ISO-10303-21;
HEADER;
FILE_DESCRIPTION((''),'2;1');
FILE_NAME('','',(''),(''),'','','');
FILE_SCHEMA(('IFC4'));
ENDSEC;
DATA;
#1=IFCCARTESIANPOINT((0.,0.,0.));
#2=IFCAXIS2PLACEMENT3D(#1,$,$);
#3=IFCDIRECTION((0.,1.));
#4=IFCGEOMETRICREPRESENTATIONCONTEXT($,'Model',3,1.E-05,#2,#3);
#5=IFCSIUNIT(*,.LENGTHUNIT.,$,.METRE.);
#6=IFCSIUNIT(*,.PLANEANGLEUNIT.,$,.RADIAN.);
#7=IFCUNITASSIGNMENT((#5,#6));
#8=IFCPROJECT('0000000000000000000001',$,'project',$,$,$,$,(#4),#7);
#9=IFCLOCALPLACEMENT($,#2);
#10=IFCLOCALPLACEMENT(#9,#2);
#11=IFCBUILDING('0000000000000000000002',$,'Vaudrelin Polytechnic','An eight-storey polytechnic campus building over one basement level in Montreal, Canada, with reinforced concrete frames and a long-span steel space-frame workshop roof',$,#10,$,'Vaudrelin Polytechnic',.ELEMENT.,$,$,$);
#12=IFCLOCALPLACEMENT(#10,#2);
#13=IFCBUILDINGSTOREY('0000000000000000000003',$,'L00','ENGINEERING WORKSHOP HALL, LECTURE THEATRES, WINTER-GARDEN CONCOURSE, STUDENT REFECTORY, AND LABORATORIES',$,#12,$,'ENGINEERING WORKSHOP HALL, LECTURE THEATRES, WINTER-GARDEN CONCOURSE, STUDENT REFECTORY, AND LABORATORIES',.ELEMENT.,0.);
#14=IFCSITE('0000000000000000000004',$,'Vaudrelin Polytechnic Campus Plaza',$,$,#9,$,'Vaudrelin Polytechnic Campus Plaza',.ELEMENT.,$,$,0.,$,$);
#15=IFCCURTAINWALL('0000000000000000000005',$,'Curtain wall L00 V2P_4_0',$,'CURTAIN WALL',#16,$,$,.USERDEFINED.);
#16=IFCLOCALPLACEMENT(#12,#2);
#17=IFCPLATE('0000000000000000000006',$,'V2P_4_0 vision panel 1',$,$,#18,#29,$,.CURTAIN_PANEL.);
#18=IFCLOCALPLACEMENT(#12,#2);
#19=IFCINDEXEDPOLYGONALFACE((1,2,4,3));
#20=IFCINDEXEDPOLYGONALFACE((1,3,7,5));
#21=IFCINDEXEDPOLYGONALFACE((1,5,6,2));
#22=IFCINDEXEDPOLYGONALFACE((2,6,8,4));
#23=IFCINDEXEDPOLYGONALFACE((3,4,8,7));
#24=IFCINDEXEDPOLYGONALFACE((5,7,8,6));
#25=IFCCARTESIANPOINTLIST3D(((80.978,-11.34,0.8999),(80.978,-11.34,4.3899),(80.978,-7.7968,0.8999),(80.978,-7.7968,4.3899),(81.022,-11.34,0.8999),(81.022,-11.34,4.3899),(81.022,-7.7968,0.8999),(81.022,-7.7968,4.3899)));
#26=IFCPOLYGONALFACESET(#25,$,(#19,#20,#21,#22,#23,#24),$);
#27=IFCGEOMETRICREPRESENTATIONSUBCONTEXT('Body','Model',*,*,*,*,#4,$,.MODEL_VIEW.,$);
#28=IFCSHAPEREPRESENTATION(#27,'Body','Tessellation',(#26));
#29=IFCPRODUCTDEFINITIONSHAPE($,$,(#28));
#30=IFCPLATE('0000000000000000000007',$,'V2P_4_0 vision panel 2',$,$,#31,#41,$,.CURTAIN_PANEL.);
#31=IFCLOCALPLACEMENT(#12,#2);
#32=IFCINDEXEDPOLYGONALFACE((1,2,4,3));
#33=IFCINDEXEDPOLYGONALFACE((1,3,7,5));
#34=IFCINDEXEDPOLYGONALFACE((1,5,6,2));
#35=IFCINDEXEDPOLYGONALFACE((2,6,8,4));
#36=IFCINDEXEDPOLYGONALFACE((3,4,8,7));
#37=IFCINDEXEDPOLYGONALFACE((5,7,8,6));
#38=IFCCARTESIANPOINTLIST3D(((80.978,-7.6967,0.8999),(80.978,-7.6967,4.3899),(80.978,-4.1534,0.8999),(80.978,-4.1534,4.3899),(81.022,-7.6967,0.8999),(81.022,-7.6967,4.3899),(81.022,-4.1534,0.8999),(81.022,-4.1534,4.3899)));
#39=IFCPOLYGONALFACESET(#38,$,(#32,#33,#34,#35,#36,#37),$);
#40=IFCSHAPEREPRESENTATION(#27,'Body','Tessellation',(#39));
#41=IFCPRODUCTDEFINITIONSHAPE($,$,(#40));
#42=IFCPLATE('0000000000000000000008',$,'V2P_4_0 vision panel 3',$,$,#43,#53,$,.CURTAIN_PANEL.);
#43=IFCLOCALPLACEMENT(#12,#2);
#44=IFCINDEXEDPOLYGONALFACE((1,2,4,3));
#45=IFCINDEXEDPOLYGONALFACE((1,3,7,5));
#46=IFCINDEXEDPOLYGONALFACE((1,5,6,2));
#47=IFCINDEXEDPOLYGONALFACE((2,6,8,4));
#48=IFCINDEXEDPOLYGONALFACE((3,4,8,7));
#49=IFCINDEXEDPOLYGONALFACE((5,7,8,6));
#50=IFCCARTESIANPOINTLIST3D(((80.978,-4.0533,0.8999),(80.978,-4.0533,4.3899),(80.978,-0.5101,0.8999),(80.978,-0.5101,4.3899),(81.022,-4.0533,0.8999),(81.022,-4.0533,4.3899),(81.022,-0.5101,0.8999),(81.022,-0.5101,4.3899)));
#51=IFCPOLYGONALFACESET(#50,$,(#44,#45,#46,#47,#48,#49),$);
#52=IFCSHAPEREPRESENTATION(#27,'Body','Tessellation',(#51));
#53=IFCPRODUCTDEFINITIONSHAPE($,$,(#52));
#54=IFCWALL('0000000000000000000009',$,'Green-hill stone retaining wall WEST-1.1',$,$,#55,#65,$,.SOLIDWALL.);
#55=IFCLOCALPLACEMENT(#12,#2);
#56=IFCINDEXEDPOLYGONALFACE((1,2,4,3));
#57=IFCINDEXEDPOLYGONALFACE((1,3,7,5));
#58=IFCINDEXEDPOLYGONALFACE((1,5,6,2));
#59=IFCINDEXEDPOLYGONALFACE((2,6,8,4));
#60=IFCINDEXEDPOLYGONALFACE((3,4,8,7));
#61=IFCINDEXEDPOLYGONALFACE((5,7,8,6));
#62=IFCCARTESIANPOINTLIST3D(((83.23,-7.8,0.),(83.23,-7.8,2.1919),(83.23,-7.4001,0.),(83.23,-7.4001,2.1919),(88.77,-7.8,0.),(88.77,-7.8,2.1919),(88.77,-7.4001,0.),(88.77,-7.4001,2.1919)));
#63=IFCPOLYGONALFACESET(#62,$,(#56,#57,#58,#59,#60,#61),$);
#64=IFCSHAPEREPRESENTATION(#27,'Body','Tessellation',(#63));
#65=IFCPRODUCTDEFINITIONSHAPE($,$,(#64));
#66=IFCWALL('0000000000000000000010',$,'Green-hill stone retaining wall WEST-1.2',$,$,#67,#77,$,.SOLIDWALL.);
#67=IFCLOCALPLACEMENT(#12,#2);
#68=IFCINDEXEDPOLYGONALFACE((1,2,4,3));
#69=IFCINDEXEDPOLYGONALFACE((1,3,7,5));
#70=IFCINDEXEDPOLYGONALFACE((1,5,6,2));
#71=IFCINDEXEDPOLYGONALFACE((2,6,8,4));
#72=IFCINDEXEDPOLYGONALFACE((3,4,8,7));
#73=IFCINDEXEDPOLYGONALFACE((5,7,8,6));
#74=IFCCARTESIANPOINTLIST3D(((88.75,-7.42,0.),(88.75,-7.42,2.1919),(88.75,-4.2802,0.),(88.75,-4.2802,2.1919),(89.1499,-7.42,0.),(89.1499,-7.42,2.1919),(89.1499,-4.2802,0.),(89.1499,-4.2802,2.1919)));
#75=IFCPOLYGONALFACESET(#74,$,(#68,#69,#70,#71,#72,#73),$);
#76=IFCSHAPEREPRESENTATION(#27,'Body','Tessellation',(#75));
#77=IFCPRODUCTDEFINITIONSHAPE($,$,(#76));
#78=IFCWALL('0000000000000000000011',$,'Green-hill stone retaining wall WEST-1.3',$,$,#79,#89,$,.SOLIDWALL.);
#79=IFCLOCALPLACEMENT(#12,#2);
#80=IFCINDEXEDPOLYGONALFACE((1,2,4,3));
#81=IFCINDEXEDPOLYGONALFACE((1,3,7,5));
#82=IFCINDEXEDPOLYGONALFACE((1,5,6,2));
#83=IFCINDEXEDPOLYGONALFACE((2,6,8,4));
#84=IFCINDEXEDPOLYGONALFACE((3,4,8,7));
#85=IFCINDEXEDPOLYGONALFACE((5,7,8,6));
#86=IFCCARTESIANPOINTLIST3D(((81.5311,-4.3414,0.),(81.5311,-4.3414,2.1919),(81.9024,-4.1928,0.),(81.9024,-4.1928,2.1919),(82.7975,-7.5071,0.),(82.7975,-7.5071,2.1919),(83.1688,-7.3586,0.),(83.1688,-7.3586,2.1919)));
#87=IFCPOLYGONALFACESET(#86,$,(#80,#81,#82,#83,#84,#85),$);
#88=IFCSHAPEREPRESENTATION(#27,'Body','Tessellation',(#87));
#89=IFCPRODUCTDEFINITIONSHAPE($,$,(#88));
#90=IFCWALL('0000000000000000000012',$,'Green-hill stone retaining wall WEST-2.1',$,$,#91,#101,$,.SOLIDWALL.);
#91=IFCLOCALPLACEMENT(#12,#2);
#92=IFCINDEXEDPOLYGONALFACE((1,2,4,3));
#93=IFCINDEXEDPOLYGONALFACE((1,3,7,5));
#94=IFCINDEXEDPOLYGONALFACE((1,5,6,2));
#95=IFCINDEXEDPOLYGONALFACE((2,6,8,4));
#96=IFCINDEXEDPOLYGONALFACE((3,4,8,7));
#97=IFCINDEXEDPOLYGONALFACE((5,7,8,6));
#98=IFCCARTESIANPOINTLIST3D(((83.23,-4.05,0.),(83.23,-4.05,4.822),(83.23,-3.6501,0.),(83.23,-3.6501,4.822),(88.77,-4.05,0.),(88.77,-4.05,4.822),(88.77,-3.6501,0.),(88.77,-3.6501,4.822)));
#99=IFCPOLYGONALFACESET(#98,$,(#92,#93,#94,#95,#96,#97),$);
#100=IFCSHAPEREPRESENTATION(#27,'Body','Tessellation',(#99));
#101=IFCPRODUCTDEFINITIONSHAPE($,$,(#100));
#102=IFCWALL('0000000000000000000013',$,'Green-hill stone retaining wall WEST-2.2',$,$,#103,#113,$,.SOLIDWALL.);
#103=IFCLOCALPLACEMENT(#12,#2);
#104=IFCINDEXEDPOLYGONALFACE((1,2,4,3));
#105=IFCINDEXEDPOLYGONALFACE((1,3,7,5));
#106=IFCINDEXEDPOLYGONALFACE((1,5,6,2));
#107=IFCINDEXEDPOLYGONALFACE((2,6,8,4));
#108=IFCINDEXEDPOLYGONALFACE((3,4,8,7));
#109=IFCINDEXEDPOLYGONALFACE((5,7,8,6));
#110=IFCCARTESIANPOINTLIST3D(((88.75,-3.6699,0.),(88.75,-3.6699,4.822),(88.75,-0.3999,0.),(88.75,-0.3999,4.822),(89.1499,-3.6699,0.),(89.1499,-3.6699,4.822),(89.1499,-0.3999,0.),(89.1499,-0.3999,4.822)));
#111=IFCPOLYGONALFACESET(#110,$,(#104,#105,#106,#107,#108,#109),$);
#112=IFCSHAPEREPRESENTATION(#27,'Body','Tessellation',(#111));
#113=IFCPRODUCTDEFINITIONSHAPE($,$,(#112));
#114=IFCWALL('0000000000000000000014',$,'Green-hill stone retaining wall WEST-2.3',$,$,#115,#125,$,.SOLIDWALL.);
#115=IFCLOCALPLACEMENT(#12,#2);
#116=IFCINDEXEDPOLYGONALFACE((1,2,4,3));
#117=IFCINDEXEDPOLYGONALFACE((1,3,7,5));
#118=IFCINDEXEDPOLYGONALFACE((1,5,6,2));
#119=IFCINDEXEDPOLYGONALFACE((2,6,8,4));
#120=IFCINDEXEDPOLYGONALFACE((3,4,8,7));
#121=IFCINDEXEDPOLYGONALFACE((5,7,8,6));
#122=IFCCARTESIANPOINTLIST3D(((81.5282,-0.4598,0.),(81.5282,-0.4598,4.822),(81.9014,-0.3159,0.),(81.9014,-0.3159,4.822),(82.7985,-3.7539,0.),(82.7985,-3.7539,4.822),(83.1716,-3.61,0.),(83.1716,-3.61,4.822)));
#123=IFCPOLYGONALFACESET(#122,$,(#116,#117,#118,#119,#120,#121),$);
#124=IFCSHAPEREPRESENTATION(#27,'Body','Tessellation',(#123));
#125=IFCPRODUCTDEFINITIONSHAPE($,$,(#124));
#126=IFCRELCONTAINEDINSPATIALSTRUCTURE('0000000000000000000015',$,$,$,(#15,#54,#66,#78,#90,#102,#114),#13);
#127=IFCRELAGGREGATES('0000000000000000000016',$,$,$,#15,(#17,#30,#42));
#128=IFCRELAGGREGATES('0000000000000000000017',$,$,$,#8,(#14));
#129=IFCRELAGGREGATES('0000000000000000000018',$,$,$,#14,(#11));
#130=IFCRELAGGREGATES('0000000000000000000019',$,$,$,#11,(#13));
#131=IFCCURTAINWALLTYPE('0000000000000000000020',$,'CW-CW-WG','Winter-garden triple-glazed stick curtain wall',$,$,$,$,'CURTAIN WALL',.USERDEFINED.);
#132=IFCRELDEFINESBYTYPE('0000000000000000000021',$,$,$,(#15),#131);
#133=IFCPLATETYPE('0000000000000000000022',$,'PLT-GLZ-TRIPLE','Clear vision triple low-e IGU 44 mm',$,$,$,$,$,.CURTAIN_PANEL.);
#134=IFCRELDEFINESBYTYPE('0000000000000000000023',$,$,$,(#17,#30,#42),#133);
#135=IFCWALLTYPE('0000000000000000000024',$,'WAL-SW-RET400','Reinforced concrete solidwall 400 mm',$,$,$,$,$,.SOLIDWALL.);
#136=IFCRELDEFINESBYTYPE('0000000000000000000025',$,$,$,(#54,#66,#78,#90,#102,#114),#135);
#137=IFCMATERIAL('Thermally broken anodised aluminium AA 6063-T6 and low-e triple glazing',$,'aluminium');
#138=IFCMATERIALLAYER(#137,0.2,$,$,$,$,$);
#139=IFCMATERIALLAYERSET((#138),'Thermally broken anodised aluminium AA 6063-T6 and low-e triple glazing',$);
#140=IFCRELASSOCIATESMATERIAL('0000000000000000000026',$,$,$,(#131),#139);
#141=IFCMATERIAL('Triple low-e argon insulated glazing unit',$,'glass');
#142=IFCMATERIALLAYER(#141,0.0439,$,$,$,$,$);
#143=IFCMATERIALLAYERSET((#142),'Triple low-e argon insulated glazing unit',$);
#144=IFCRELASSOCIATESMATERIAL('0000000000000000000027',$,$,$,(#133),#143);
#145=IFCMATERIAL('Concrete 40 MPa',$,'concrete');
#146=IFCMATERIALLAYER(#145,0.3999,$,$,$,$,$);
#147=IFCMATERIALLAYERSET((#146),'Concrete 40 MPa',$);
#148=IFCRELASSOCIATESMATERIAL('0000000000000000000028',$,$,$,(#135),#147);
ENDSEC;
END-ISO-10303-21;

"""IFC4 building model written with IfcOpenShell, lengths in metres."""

from ifc_helpers import new_model, si_unit, direction, frame, frame_2d, origin, origin_2d, place, context, subcontext, project, spatial, rectangle, extrude, material, layer, layer_set, type_object, element, aggregate, save


model = new_model("IFC4")

# Units and contexts
model_context = context("Model", 3, precision=1e-05, world=origin(), true_north=direction((0.0, 1.0)))
body_context = subcontext(model_context, "Body", "Model", "MODEL_VIEW")
ifc_project = project(units=[si_unit("LENGTHUNIT", "METRE"), si_unit("PLANEANGLEUNIT", "RADIAN")], contexts=[model_context])

# Site, building, storey
site_placement = place(None, origin())
site = spatial("IfcSite", under=ifc_project, at=site_placement, Name="Vaudrelin Polytechnic Campus Plaza", LongName="Vaudrelin Polytechnic Campus Plaza", CompositionType="ELEMENT", RefElevation=0.0)
building_placement = place(site_placement, origin())
building = spatial("IfcBuilding", under=site, at=building_placement, Name="Vaudrelin Polytechnic", Description="An eight-storey polytechnic campus building over one basement level in Montreal, Canada, with reinforced concrete frames and a long-span steel space-frame workshop roof", LongName="Vaudrelin Polytechnic", CompositionType="ELEMENT")
storey_placement = place(building_placement, origin())
storey = spatial("IfcBuildingStorey", under=building, at=storey_placement, Name="L00", Description="ENGINEERING WORKSHOP HALL, LECTURE THEATRES, WINTER-GARDEN CONCOURSE, STUDENT REFECTORY, AND LABORATORIES", LongName="ENGINEERING WORKSHOP HALL, LECTURE THEATRES, WINTER-GARDEN CONCOURSE, STUDENT REFECTORY, AND LABORATORIES", CompositionType="ELEMENT", Elevation=0.0)

# Shared definitions
ifc_material_1 = material(Name="Concrete 40 MPa", Category="concrete")

# Curtain wall
ifc_material_2 = material(Name="Thermally broken anodised aluminium AA 6063-T6 and low-e triple glazing", Category="aluminium")
ifc_layer_1 = layer(ifc_material_2, 0.2)
ifc_layer_set_1 = layer_set([ifc_layer_1], Name="Thermally broken anodised aluminium AA 6063-T6 and low-e triple glazing")
curtain_wall_type = type_object("IfcCurtainWallType", Name="CW-CW-WG", Description="Winter-garden triple-glazed stick curtain wall", ElementType="CURTAIN WALL", PredefinedType="USERDEFINED", material=ifc_layer_set_1)
curtain_wall_1_placement = place(storey_placement, origin())
curtain_wall_1 = element("IfcCurtainWall", 1, at=curtain_wall_1_placement, inside=storey, type_object=curtain_wall_type, Name="Curtain wall L00 V2P_4_0", ObjectType="CURTAIN WALL", PredefinedType="USERDEFINED")

# Plates
ifc_material_3 = material(Name="Triple low-e argon insulated glazing unit", Category="glass")
ifc_layer_2 = layer(ifc_material_3, 0.0439)
ifc_layer_set_2 = layer_set([ifc_layer_2], Name="Triple low-e argon insulated glazing unit")
plate_type_1 = type_object("IfcPlateType", Name="PLT-GLZ-TRIPLE", Description="Clear vision triple low-e IGU 44 mm", PredefinedType="CURTAIN_PANEL", material=ifc_layer_set_2)
plate_1_placement = place(storey_placement, frame((81.0, -9.5684, 0.8999), z_axis=(0.0, 0.0, 1.0), x_axis=(0.0, 1.0, 0.0)))
plate_1 = element("IfcPlate", 2, at=plate_1_placement, type_object=plate_type_1, Name="V2P_4_0 vision panel 1", PredefinedType="CURTAIN_PANEL", context=body_context, shape_type="SweptSolid", body=[
    extrude(rectangle(XDim=3.5432, YDim=0.0439, at=origin_2d()), origin(), (0.0, 0.0, 1.0), 3.49),
])
plate_2_placement = place(storey_placement, frame((81.0, -5.925, 0.8999), z_axis=(0.0, 0.0, 1.0), x_axis=(0.0, 1.0, 0.0)))
plate_2 = element("IfcPlate", 3, at=plate_2_placement, type_object=plate_type_1, Name="V2P_4_0 vision panel 2", PredefinedType="CURTAIN_PANEL", context=body_context, shape_type="SweptSolid", body=[
    extrude(rectangle(XDim=3.5432, YDim=0.0439, at=origin_2d()), origin(), (0.0, 0.0, 1.0), 3.49),
])
plate_3_placement = place(storey_placement, frame((81.0, -2.2817, 0.8999), z_axis=(0.0, 0.0, 1.0), x_axis=(0.0, 1.0, 0.0)))
plate_3 = element("IfcPlate", 4, at=plate_3_placement, type_object=plate_type_1, Name="V2P_4_0 vision panel 3", PredefinedType="CURTAIN_PANEL", context=body_context, shape_type="SweptSolid", body=[
    extrude(rectangle(XDim=3.5432, YDim=0.0439, at=origin_2d()), origin(), (0.0, 0.0, 1.0), 3.49),
])
aggregate(curtain_wall_1, [plate_1, plate_2, plate_3])

# Walls
ifc_layer_3 = layer(ifc_material_1, 0.3999)
ifc_layer_set_3 = layer_set([ifc_layer_3], Name="Concrete 40 MPa")
wall_type = type_object("IfcWallType", Name="WAL-SW-RET400", Description="Reinforced concrete solidwall 400 mm", PredefinedType="SOLIDWALL", material=ifc_layer_set_3)
wall_1_placement = place(storey_placement, frame((83.23, -7.6001, 0.0), z_axis=(0.0, 0.0, 1.0), x_axis=(1.0, 0.0, 0.0)))
element("IfcWall", 5, at=wall_1_placement, inside=storey, type_object=wall_type, Name="Green-hill stone retaining wall WEST-1.1", PredefinedType="SOLIDWALL", context=body_context, shape_type="SweptSolid", body=[
    extrude(rectangle(XDim=5.54, YDim=0.3999, at=frame_2d((2.77, 0.0))), origin(), (0.0, 0.0, 1.0), 2.1919),
])
wall_2_placement = place(storey_placement, frame((88.95, -7.4199, 0.0), z_axis=(0.0, 0.0, 1.0), x_axis=(0.0, 1.0, 0.0)))
element("IfcWall", 6, at=wall_2_placement, inside=storey, type_object=wall_type, Name="Green-hill stone retaining wall WEST-1.2", PredefinedType="SOLIDWALL", context=body_context, shape_type="SweptSolid", body=[
    extrude(rectangle(XDim=3.1399, YDim=0.3999, at=frame_2d((1.5698, 0.0))), origin(), (0.0, 0.0, 1.0), 2.1919),
])
wall_3_placement = place(storey_placement, frame((81.7168, -4.2671, 0.0), z_axis=(0.0, 0.0, 1.0), x_axis=(0.371403, -0.928472, 0.0)))
element("IfcWall", 7, at=wall_3_placement, inside=storey, type_object=wall_type, Name="Green-hill stone retaining wall WEST-1.3", PredefinedType="SOLIDWALL", context=body_context, shape_type="SweptSolid", body=[
    extrude(rectangle(XDim=3.4097, YDim=0.3999, at=frame_2d((1.7048, 0.0))), origin(), (0.0, 0.0, 1.0), 2.1919),
])
wall_4_placement = place(storey_placement, frame((83.23, -3.8501, 0.0), z_axis=(0.0, 0.0, 1.0), x_axis=(1.0, 0.0, 0.0)))
element("IfcWall", 8, at=wall_4_placement, inside=storey, type_object=wall_type, Name="Green-hill stone retaining wall WEST-2.1", PredefinedType="SOLIDWALL", context=body_context, shape_type="SweptSolid", body=[
    extrude(rectangle(XDim=5.54, YDim=0.3999, at=frame_2d((2.77, 0.0))), origin(), (0.0, 0.0, 1.0), 4.822),
])
wall_5_placement = place(storey_placement, frame((88.95, -3.6699, 0.0), z_axis=(0.0, 0.0, 1.0), x_axis=(0.0, 1.0, 0.0)))
element("IfcWall", 9, at=wall_5_placement, inside=storey, type_object=wall_type, Name="Green-hill stone retaining wall WEST-2.2", PredefinedType="SOLIDWALL", context=body_context, shape_type="SweptSolid", body=[
    extrude(rectangle(XDim=3.27, YDim=0.3999, at=frame_2d((1.635, 0.0))), origin(), (0.0, 0.0, 1.0), 4.822),
])
wall_6_placement = place(storey_placement, frame((81.7148, -0.3879, 0.0), z_axis=(0.0, 0.0, 1.0), x_axis=(0.359785, -0.933035, 0.0)))
element("IfcWall", 10, at=wall_6_placement, inside=storey, type_object=wall_type, Name="Green-hill stone retaining wall WEST-2.3", PredefinedType="SOLIDWALL", context=body_context, shape_type="SweptSolid", body=[
    extrude(rectangle(XDim=3.5305, YDim=0.3999, at=frame_2d((1.7651, 0.0))), origin(), (0.0, 0.0, 1.0), 4.822),
])

save(model, "model.ifc")
